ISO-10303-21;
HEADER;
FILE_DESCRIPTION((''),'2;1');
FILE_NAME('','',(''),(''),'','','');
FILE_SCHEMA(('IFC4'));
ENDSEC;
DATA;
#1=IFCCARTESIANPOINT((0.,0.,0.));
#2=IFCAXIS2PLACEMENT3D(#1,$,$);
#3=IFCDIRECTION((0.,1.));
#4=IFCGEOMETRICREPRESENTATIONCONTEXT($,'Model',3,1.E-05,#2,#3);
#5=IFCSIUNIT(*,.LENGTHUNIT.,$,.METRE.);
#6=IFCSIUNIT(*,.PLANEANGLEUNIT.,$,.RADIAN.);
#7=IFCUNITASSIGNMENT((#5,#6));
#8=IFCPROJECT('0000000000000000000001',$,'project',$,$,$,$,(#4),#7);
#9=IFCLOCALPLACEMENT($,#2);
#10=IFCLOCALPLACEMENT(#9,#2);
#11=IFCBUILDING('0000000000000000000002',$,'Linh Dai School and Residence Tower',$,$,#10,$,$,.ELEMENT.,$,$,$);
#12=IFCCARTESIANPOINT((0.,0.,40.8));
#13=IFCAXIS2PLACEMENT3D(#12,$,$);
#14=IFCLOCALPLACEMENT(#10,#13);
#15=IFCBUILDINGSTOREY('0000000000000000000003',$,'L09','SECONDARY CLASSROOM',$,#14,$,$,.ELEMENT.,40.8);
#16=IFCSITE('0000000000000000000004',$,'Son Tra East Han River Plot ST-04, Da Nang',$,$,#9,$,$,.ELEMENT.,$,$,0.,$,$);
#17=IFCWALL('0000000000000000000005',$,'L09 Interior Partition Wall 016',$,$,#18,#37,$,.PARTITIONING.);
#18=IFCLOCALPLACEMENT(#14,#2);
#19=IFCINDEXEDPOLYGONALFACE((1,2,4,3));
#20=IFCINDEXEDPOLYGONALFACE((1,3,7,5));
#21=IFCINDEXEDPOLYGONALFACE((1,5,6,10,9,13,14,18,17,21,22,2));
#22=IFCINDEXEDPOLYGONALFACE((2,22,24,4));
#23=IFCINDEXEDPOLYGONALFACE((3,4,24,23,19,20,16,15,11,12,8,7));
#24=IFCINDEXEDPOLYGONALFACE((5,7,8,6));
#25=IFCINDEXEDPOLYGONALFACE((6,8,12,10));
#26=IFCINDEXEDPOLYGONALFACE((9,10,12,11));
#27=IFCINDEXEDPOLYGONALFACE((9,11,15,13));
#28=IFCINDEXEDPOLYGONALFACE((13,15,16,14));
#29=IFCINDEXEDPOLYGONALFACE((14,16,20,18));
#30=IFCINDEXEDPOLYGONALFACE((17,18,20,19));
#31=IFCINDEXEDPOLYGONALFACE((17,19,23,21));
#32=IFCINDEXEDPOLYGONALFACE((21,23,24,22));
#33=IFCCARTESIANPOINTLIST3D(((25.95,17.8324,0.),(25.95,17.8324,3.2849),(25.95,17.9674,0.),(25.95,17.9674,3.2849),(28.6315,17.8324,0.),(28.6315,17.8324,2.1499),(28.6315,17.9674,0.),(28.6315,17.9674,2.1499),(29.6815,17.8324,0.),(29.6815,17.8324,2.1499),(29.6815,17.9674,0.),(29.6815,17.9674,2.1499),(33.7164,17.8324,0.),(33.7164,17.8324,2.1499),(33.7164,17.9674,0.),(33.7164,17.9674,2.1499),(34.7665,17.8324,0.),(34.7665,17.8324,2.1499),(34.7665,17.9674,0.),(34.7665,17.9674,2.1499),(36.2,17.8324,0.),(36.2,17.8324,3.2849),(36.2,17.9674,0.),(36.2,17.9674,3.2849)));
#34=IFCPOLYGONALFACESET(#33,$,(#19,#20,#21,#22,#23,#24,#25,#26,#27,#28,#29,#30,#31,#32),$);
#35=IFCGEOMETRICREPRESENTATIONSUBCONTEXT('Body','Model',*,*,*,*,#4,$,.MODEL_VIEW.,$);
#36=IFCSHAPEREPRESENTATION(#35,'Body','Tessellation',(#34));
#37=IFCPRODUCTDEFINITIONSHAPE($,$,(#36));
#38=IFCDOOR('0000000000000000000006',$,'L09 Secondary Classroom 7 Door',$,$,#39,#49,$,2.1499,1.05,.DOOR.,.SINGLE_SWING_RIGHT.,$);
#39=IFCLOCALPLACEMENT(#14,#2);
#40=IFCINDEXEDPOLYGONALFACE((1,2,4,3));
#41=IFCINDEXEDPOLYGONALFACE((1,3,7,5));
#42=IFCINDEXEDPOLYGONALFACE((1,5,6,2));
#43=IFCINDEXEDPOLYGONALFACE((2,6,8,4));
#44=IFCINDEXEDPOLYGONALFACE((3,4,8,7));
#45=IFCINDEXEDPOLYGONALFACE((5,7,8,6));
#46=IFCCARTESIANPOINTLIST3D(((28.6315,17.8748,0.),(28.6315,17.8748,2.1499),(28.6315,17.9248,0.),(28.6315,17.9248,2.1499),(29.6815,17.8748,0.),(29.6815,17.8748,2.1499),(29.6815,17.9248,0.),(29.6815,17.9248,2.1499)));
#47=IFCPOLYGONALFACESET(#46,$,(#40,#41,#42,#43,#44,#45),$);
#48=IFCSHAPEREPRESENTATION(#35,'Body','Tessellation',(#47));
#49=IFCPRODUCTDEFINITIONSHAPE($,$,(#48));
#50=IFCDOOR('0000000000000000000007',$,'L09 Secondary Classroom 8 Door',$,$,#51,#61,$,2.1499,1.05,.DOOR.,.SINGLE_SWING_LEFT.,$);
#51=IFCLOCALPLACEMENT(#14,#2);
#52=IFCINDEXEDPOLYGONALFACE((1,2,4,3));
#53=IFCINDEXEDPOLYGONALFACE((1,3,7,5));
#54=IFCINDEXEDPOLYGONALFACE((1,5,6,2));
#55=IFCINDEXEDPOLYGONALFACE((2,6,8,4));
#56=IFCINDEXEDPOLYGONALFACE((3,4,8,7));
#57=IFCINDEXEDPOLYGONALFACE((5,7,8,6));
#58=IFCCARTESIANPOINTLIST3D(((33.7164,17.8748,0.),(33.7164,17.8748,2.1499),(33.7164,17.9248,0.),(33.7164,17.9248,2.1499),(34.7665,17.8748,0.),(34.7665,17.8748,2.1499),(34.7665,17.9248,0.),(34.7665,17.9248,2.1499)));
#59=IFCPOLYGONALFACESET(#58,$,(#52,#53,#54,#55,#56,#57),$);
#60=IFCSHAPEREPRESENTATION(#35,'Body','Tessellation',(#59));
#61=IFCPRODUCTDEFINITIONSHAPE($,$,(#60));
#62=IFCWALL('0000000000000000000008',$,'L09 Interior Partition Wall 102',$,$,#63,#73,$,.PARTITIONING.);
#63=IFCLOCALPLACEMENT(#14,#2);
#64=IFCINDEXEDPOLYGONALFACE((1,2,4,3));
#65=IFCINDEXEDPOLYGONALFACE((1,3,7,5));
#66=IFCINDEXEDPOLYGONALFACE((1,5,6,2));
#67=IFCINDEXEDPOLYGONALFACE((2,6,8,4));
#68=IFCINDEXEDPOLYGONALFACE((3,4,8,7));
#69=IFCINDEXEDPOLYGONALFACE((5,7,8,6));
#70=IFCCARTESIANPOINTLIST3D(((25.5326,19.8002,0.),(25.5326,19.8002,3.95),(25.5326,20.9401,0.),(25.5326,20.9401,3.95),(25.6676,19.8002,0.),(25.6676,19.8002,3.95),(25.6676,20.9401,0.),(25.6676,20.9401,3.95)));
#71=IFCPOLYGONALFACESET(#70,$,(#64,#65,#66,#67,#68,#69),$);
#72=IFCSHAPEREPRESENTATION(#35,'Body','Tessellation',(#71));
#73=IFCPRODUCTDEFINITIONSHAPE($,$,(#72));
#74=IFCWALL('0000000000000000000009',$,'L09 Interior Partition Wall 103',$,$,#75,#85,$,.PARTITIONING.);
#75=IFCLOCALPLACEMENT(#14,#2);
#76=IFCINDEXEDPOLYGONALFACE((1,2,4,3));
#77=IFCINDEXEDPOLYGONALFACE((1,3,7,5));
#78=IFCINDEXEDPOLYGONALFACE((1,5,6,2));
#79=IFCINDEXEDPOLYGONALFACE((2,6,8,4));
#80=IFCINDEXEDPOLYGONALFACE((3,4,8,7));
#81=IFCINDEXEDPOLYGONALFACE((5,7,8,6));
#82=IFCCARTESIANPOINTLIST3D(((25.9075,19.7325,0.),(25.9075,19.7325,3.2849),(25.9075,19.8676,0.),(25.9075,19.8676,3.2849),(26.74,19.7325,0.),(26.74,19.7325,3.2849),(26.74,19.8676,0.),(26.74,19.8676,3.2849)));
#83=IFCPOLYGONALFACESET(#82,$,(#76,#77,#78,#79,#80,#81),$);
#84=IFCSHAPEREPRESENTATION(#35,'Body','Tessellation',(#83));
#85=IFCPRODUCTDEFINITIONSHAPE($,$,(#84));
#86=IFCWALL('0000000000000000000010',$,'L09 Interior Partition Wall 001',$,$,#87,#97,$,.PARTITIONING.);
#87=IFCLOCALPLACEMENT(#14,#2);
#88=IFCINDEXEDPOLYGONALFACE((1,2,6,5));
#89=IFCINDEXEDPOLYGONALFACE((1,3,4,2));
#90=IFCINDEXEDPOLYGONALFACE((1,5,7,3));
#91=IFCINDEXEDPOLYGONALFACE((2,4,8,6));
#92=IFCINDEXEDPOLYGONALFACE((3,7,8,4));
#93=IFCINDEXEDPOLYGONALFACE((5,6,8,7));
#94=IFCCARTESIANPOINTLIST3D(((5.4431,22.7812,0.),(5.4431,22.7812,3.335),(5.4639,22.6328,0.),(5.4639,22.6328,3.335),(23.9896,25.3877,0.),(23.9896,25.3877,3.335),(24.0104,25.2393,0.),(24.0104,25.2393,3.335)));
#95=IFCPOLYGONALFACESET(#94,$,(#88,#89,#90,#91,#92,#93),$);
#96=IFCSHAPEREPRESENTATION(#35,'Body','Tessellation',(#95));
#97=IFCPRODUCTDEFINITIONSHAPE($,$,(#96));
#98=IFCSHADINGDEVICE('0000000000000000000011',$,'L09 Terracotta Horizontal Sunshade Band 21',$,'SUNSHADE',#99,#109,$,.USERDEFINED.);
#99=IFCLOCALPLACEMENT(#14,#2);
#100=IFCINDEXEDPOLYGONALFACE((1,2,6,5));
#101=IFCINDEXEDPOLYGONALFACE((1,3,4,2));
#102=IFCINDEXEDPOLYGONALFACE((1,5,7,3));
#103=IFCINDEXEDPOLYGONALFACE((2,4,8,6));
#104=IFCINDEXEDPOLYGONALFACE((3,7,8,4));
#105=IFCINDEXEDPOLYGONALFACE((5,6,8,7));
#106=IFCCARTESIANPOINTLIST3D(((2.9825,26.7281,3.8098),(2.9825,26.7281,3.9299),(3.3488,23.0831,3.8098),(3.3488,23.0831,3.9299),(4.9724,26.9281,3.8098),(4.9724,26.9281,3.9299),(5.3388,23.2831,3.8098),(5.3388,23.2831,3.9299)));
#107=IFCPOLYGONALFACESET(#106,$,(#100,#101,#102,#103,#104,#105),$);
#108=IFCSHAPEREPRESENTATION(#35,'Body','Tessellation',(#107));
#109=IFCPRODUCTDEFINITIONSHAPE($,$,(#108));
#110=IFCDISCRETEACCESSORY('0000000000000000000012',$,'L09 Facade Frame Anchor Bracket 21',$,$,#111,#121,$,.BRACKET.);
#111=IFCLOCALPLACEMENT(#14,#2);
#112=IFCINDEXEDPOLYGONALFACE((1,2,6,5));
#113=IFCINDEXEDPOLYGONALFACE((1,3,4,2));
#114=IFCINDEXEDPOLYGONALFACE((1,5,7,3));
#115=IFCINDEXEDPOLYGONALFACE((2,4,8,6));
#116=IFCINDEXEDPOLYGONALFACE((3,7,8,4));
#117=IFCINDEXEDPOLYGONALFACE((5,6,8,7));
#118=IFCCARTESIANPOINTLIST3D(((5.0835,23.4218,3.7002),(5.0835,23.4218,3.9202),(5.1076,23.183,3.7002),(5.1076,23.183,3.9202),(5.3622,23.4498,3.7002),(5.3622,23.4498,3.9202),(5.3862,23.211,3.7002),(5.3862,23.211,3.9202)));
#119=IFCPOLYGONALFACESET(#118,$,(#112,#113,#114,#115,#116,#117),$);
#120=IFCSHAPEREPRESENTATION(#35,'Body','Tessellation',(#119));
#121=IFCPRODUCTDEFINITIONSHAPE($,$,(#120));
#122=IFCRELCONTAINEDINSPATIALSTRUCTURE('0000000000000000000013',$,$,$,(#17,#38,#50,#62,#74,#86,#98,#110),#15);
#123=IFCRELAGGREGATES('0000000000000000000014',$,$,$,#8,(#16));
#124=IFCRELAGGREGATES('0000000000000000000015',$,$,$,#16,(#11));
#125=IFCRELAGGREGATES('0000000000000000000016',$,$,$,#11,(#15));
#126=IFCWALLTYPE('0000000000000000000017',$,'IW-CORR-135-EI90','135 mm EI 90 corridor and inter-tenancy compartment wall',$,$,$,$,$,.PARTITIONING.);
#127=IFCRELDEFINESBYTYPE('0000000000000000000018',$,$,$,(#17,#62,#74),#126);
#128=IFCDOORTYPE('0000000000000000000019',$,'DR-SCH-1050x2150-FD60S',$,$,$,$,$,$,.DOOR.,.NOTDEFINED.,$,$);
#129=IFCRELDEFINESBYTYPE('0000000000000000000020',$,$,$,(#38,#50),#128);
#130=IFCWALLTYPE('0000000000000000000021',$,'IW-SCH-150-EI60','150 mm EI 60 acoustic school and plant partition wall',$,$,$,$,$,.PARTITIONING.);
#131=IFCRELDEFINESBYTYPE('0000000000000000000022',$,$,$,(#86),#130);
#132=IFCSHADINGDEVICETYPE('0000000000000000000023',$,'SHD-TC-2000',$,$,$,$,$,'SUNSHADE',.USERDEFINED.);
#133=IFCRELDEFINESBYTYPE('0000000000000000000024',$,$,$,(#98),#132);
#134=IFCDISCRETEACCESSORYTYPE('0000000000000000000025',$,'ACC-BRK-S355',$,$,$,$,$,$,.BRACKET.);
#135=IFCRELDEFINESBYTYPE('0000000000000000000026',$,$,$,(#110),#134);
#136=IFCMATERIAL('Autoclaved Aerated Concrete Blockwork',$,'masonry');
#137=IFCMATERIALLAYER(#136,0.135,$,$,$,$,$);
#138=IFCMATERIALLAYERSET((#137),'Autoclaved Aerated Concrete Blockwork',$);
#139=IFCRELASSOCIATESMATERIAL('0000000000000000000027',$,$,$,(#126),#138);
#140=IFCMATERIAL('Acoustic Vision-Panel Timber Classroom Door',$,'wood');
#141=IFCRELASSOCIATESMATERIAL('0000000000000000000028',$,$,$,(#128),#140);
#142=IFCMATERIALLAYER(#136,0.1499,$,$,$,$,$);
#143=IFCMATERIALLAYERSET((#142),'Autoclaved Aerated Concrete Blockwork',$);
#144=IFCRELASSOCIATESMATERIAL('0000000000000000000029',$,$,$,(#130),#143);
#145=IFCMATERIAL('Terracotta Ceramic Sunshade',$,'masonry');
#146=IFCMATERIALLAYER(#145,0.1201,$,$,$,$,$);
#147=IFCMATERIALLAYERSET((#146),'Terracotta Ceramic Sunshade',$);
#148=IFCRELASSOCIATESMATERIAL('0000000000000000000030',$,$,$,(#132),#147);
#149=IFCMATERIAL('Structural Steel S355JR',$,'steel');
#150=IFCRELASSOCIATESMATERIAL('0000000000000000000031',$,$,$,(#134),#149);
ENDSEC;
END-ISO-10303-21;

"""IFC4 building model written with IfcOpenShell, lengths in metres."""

from ifc_helpers import new_model, si_unit, direction, frame, frame_2d, origin, origin_2d, place, context, subcontext, project, spatial, rectangle, extrude, source, transform, mapped, material, layer, layer_set, type_object, element, fill, save


model = new_model("IFC4")

# Units and contexts
model_context = context("Model", 3, precision=1e-05, world=origin(), true_north=direction((0.0, 1.0)))
body_context = subcontext(model_context, "Body", "Model", "MODEL_VIEW")
ifc_project = project(units=[si_unit("LENGTHUNIT", "METRE"), si_unit("PLANEANGLEUNIT", "RADIAN")], contexts=[model_context])

# Site, building, storey
site_placement = place(None, origin())
site = spatial("IfcSite", under=ifc_project, at=site_placement, Name="Son Tra East Han River Plot ST-04, Da Nang", CompositionType="ELEMENT", RefElevation=0.0)
building_placement = place(site_placement, origin())
building = spatial("IfcBuilding", under=site, at=building_placement, Name="Linh Dai School and Residence Tower", CompositionType="ELEMENT")
storey_placement = place(building_placement, frame((0.0, 0.0, 40.8)))
storey = spatial("IfcBuildingStorey", under=building, at=storey_placement, Name="L09", Description="SECONDARY CLASSROOM", CompositionType="ELEMENT", Elevation=40.8)

# Shared definitions
ifc_material_1 = material(Name="Structural Steel S355JR", Category="steel")

# Shared definitions
ifc_material_2 = material(Name="Autoclaved Aerated Concrete Blockwork", Category="masonry")
ifc_layer_1 = layer(ifc_material_2, 0.135)
ifc_layer_set_1 = layer_set([ifc_layer_1], Name="Autoclaved Aerated Concrete Blockwork")
wall_type_1 = type_object("IfcWallType", Name="IW-CORR-135-EI90", Description="135 mm EI 90 corridor and inter-tenancy compartment wall", PredefinedType="PARTITIONING", material=ifc_layer_set_1)
ifc_material_3 = material(Name="Acoustic Vision-Panel Timber Classroom Door", Category="wood")
door_type = type_object("IfcDoorType", Name="DR-SCH-1050x2150-FD60S", OperationType="NOTDEFINED", PredefinedType="DOOR", material=ifc_material_3)
shared_shape_1 = source(origin(), body_context, "Body", "SweptSolid", [
    extrude(rectangle(XDim=1.05, YDim=2.1499, at=origin_2d()), frame((0.5249, 0.0249, 1.075), z_axis=(0.0, -1.0, 0.0), x_axis=(1.0, 0.0, 0.0)), (0.0, 0.0, 1.0), 0.05),
])

# Wall, openings, doors
wall_1_placement = place(storey_placement, frame((25.95, 17.8999, 0.0), z_axis=(0.0, 0.0, 1.0), x_axis=(1.0, 0.0, 0.0)))
wall_1 = element("IfcWall", 1, at=wall_1_placement, inside=storey, type_object=wall_type_1, Name="L09 Interior Partition Wall 016", PredefinedType="PARTITIONING", context=body_context, shape_type="SweptSolid", body=[
    extrude(rectangle(XDim=10.25, YDim=0.135, at=frame_2d((5.125, 0.0))), origin(), (0.0, 0.0, 1.0), 3.2849),
])
opening_1_placement = place(wall_1_placement, frame((2.6816, 0.0, 0.0)))
opening_1 = element("IfcOpeningElement", 2, at=opening_1_placement, cuts=wall_1, PredefinedType="OPENING", context=body_context, shape_type="SweptSolid", body=[
    extrude(rectangle(XDim=1.05, YDim=2.1499, at=origin_2d()), frame((0.5249, 0.0776, 1.075), z_axis=(0.0, -1.0, 0.0), x_axis=(1.0, 0.0, 0.0)), (0.0, 0.0, 1.0), 0.155),
])
opening_2_placement = place(wall_1_placement, frame((7.7666, 0.0, 0.0)))
opening_2 = element("IfcOpeningElement", 3, at=opening_2_placement, cuts=wall_1, PredefinedType="OPENING", context=body_context, shape_type="SweptSolid", body=[
    extrude(rectangle(XDim=1.05, YDim=2.1499, at=origin_2d()), frame((0.5249, 0.0776, 1.075), z_axis=(0.0, -1.0, 0.0), x_axis=(1.0, 0.0, 0.0)), (0.0, 0.0, 1.0), 0.155),
])
door_1_placement = place(opening_1_placement, origin())
door_1 = element("IfcDoor", 4, at=door_1_placement, inside=storey, type_object=door_type, Name="L09 Secondary Classroom 7 Door", OperationType="SINGLE_SWING_RIGHT", OverallHeight=2.1499, OverallWidth=1.05, PredefinedType="DOOR", context=body_context, shape_type="MappedRepresentation", body=[
    mapped(shared_shape_1, transform((0.0, 0.0, 0.0), x_axis=(1.0, 0.0, 0.0), y_axis=(0.0, 1.0, 0.0), z_axis=(0.0, 0.0, 1.0), scale=1.0)),
])
fill(opening_1, door_1)
door_2_placement = place(opening_2_placement, origin())
door_2 = element("IfcDoor", 5, at=door_2_placement, inside=storey, type_object=door_type, Name="L09 Secondary Classroom 8 Door", OperationType="SINGLE_SWING_LEFT", OverallHeight=2.1499, OverallWidth=1.05, PredefinedType="DOOR", context=body_context, shape_type="MappedRepresentation", body=[
    mapped(shared_shape_1, transform((0.0, 0.0, 0.0), x_axis=(1.0, 0.0, 0.0), y_axis=(0.0, 1.0, 0.0), z_axis=(0.0, 0.0, 1.0), scale=1.0)),
])
fill(opening_2, door_2)

# Walls
wall_2_placement = place(storey_placement, frame((25.6001, 20.9399, 0.0), z_axis=(0.0, 0.0, 1.0), x_axis=(0.0, -1.0, 0.0)))
element("IfcWall", 6, at=wall_2_placement, inside=storey, type_object=wall_type_1, Name="L09 Interior Partition Wall 102", PredefinedType="PARTITIONING", context=body_context, shape_type="SweptSolid", body=[
    extrude(rectangle(XDim=1.1399, YDim=0.135, at=frame_2d((0.5698, 0.0))), origin(), (0.0, 0.0, 1.0), 3.95),
])
wall_3_placement = place(storey_placement, frame((25.9075, 19.8, 0.0), z_axis=(0.0, 0.0, 1.0), x_axis=(1.0, 0.0, 0.0)))
element("IfcWall", 7, at=wall_3_placement, inside=storey, type_object=wall_type_1, Name="L09 Interior Partition Wall 103", PredefinedType="PARTITIONING", context=body_context, shape_type="SweptSolid", body=[
    extrude(rectangle(XDim=0.8325, YDim=0.135, at=frame_2d((0.4163, 0.0))), origin(), (0.0, 0.0, 1.0), 3.2849),
])
ifc_layer_2 = layer(ifc_material_2, 0.1499)
ifc_layer_set_2 = layer_set([ifc_layer_2], Name="Autoclaved Aerated Concrete Blockwork")
wall_type_2 = type_object("IfcWallType", Name="IW-SCH-150-EI60", Description="150 mm EI 60 acoustic school and plant partition wall", PredefinedType="PARTITIONING", material=ifc_layer_set_2)
wall_4_placement = place(storey_placement, frame((5.4536, 22.707, 0.0), z_axis=(0.0, 0.0, 1.0), x_axis=(0.990269, 0.139169, 0.0)))
element("IfcWall", 8, at=wall_4_placement, inside=storey, type_object=wall_type_2, Name="L09 Interior Partition Wall 001", PredefinedType="PARTITIONING", context=body_context, shape_type="SweptSolid", body=[
    extrude(rectangle(XDim=18.7288, YDim=0.1499, at=frame_2d((9.3643, 0.0))), origin(), (0.0, 0.0, 1.0), 3.335),
])

# Shading device
ifc_material_4 = material(Name="Terracotta Ceramic Sunshade", Category="masonry")
ifc_layer_3 = layer(ifc_material_4, 0.1201)
ifc_layer_set_3 = layer_set([ifc_layer_3], Name="Terracotta Ceramic Sunshade")
shading_device_type = type_object("IfcShadingDeviceType", Name="SHD-TC-2000", ElementType="SUNSHADE", PredefinedType="USERDEFINED", material=ifc_layer_set_3)
shared_shape_2 = source(origin(), body_context, "Body", "SweptSolid", [
    extrude(rectangle(XDim=3.6633, YDim=2.0, at=origin_2d()), origin(), (0.0, 0.0, 1.0), 0.1201),
])
shading_device_placement = place(storey_placement, frame((4.1606, 25.0056, 3.8098), z_axis=(0.0, 0.0, 1.0), x_axis=(-0.100009, 0.994986, 0.0)))
element("IfcShadingDevice", 9, at=shading_device_placement, inside=storey, type_object=shading_device_type, Name="L09 Terracotta Horizontal Sunshade Band 21", ObjectType="SUNSHADE", PredefinedType="USERDEFINED", context=body_context, shape_type="MappedRepresentation", body=[
    mapped(shared_shape_2, transform((0.0, 0.0, 0.0), x_axis=(1.0, 0.0, 0.0), y_axis=(0.0, 1.0, 0.0), z_axis=(0.0, 0.0, 1.0), scale=1.0)),
])

# Discrete accessory
discrete_accessory_type = type_object("IfcDiscreteAccessoryType", Name="ACC-BRK-S355", PredefinedType="BRACKET", material=ifc_material_1)
shared_shape_3 = source(origin(), body_context, "Body", "SweptSolid", [
    extrude(rectangle(XDim=0.28, YDim=0.24, at=origin_2d()), origin(), (0.0, 0.0, 1.0), 0.22),
])
discrete_accessory_placement = place(storey_placement, frame((5.2349, 23.3164, 3.7002), z_axis=(0.0, 0.0, 1.0), x_axis=(-0.994986, -0.100009, 0.0)))
element("IfcDiscreteAccessory", 10, at=discrete_accessory_placement, inside=storey, type_object=discrete_accessory_type, Name="L09 Facade Frame Anchor Bracket 21", PredefinedType="BRACKET", context=body_context, shape_type="MappedRepresentation", body=[
    mapped(shared_shape_3, transform((0.0, 0.0, 0.0), x_axis=(1.0, 0.0, 0.0), y_axis=(0.0, 1.0, 0.0), z_axis=(0.0, 0.0, 1.0), scale=1.0)),
])

save(model, "model.ifc")
